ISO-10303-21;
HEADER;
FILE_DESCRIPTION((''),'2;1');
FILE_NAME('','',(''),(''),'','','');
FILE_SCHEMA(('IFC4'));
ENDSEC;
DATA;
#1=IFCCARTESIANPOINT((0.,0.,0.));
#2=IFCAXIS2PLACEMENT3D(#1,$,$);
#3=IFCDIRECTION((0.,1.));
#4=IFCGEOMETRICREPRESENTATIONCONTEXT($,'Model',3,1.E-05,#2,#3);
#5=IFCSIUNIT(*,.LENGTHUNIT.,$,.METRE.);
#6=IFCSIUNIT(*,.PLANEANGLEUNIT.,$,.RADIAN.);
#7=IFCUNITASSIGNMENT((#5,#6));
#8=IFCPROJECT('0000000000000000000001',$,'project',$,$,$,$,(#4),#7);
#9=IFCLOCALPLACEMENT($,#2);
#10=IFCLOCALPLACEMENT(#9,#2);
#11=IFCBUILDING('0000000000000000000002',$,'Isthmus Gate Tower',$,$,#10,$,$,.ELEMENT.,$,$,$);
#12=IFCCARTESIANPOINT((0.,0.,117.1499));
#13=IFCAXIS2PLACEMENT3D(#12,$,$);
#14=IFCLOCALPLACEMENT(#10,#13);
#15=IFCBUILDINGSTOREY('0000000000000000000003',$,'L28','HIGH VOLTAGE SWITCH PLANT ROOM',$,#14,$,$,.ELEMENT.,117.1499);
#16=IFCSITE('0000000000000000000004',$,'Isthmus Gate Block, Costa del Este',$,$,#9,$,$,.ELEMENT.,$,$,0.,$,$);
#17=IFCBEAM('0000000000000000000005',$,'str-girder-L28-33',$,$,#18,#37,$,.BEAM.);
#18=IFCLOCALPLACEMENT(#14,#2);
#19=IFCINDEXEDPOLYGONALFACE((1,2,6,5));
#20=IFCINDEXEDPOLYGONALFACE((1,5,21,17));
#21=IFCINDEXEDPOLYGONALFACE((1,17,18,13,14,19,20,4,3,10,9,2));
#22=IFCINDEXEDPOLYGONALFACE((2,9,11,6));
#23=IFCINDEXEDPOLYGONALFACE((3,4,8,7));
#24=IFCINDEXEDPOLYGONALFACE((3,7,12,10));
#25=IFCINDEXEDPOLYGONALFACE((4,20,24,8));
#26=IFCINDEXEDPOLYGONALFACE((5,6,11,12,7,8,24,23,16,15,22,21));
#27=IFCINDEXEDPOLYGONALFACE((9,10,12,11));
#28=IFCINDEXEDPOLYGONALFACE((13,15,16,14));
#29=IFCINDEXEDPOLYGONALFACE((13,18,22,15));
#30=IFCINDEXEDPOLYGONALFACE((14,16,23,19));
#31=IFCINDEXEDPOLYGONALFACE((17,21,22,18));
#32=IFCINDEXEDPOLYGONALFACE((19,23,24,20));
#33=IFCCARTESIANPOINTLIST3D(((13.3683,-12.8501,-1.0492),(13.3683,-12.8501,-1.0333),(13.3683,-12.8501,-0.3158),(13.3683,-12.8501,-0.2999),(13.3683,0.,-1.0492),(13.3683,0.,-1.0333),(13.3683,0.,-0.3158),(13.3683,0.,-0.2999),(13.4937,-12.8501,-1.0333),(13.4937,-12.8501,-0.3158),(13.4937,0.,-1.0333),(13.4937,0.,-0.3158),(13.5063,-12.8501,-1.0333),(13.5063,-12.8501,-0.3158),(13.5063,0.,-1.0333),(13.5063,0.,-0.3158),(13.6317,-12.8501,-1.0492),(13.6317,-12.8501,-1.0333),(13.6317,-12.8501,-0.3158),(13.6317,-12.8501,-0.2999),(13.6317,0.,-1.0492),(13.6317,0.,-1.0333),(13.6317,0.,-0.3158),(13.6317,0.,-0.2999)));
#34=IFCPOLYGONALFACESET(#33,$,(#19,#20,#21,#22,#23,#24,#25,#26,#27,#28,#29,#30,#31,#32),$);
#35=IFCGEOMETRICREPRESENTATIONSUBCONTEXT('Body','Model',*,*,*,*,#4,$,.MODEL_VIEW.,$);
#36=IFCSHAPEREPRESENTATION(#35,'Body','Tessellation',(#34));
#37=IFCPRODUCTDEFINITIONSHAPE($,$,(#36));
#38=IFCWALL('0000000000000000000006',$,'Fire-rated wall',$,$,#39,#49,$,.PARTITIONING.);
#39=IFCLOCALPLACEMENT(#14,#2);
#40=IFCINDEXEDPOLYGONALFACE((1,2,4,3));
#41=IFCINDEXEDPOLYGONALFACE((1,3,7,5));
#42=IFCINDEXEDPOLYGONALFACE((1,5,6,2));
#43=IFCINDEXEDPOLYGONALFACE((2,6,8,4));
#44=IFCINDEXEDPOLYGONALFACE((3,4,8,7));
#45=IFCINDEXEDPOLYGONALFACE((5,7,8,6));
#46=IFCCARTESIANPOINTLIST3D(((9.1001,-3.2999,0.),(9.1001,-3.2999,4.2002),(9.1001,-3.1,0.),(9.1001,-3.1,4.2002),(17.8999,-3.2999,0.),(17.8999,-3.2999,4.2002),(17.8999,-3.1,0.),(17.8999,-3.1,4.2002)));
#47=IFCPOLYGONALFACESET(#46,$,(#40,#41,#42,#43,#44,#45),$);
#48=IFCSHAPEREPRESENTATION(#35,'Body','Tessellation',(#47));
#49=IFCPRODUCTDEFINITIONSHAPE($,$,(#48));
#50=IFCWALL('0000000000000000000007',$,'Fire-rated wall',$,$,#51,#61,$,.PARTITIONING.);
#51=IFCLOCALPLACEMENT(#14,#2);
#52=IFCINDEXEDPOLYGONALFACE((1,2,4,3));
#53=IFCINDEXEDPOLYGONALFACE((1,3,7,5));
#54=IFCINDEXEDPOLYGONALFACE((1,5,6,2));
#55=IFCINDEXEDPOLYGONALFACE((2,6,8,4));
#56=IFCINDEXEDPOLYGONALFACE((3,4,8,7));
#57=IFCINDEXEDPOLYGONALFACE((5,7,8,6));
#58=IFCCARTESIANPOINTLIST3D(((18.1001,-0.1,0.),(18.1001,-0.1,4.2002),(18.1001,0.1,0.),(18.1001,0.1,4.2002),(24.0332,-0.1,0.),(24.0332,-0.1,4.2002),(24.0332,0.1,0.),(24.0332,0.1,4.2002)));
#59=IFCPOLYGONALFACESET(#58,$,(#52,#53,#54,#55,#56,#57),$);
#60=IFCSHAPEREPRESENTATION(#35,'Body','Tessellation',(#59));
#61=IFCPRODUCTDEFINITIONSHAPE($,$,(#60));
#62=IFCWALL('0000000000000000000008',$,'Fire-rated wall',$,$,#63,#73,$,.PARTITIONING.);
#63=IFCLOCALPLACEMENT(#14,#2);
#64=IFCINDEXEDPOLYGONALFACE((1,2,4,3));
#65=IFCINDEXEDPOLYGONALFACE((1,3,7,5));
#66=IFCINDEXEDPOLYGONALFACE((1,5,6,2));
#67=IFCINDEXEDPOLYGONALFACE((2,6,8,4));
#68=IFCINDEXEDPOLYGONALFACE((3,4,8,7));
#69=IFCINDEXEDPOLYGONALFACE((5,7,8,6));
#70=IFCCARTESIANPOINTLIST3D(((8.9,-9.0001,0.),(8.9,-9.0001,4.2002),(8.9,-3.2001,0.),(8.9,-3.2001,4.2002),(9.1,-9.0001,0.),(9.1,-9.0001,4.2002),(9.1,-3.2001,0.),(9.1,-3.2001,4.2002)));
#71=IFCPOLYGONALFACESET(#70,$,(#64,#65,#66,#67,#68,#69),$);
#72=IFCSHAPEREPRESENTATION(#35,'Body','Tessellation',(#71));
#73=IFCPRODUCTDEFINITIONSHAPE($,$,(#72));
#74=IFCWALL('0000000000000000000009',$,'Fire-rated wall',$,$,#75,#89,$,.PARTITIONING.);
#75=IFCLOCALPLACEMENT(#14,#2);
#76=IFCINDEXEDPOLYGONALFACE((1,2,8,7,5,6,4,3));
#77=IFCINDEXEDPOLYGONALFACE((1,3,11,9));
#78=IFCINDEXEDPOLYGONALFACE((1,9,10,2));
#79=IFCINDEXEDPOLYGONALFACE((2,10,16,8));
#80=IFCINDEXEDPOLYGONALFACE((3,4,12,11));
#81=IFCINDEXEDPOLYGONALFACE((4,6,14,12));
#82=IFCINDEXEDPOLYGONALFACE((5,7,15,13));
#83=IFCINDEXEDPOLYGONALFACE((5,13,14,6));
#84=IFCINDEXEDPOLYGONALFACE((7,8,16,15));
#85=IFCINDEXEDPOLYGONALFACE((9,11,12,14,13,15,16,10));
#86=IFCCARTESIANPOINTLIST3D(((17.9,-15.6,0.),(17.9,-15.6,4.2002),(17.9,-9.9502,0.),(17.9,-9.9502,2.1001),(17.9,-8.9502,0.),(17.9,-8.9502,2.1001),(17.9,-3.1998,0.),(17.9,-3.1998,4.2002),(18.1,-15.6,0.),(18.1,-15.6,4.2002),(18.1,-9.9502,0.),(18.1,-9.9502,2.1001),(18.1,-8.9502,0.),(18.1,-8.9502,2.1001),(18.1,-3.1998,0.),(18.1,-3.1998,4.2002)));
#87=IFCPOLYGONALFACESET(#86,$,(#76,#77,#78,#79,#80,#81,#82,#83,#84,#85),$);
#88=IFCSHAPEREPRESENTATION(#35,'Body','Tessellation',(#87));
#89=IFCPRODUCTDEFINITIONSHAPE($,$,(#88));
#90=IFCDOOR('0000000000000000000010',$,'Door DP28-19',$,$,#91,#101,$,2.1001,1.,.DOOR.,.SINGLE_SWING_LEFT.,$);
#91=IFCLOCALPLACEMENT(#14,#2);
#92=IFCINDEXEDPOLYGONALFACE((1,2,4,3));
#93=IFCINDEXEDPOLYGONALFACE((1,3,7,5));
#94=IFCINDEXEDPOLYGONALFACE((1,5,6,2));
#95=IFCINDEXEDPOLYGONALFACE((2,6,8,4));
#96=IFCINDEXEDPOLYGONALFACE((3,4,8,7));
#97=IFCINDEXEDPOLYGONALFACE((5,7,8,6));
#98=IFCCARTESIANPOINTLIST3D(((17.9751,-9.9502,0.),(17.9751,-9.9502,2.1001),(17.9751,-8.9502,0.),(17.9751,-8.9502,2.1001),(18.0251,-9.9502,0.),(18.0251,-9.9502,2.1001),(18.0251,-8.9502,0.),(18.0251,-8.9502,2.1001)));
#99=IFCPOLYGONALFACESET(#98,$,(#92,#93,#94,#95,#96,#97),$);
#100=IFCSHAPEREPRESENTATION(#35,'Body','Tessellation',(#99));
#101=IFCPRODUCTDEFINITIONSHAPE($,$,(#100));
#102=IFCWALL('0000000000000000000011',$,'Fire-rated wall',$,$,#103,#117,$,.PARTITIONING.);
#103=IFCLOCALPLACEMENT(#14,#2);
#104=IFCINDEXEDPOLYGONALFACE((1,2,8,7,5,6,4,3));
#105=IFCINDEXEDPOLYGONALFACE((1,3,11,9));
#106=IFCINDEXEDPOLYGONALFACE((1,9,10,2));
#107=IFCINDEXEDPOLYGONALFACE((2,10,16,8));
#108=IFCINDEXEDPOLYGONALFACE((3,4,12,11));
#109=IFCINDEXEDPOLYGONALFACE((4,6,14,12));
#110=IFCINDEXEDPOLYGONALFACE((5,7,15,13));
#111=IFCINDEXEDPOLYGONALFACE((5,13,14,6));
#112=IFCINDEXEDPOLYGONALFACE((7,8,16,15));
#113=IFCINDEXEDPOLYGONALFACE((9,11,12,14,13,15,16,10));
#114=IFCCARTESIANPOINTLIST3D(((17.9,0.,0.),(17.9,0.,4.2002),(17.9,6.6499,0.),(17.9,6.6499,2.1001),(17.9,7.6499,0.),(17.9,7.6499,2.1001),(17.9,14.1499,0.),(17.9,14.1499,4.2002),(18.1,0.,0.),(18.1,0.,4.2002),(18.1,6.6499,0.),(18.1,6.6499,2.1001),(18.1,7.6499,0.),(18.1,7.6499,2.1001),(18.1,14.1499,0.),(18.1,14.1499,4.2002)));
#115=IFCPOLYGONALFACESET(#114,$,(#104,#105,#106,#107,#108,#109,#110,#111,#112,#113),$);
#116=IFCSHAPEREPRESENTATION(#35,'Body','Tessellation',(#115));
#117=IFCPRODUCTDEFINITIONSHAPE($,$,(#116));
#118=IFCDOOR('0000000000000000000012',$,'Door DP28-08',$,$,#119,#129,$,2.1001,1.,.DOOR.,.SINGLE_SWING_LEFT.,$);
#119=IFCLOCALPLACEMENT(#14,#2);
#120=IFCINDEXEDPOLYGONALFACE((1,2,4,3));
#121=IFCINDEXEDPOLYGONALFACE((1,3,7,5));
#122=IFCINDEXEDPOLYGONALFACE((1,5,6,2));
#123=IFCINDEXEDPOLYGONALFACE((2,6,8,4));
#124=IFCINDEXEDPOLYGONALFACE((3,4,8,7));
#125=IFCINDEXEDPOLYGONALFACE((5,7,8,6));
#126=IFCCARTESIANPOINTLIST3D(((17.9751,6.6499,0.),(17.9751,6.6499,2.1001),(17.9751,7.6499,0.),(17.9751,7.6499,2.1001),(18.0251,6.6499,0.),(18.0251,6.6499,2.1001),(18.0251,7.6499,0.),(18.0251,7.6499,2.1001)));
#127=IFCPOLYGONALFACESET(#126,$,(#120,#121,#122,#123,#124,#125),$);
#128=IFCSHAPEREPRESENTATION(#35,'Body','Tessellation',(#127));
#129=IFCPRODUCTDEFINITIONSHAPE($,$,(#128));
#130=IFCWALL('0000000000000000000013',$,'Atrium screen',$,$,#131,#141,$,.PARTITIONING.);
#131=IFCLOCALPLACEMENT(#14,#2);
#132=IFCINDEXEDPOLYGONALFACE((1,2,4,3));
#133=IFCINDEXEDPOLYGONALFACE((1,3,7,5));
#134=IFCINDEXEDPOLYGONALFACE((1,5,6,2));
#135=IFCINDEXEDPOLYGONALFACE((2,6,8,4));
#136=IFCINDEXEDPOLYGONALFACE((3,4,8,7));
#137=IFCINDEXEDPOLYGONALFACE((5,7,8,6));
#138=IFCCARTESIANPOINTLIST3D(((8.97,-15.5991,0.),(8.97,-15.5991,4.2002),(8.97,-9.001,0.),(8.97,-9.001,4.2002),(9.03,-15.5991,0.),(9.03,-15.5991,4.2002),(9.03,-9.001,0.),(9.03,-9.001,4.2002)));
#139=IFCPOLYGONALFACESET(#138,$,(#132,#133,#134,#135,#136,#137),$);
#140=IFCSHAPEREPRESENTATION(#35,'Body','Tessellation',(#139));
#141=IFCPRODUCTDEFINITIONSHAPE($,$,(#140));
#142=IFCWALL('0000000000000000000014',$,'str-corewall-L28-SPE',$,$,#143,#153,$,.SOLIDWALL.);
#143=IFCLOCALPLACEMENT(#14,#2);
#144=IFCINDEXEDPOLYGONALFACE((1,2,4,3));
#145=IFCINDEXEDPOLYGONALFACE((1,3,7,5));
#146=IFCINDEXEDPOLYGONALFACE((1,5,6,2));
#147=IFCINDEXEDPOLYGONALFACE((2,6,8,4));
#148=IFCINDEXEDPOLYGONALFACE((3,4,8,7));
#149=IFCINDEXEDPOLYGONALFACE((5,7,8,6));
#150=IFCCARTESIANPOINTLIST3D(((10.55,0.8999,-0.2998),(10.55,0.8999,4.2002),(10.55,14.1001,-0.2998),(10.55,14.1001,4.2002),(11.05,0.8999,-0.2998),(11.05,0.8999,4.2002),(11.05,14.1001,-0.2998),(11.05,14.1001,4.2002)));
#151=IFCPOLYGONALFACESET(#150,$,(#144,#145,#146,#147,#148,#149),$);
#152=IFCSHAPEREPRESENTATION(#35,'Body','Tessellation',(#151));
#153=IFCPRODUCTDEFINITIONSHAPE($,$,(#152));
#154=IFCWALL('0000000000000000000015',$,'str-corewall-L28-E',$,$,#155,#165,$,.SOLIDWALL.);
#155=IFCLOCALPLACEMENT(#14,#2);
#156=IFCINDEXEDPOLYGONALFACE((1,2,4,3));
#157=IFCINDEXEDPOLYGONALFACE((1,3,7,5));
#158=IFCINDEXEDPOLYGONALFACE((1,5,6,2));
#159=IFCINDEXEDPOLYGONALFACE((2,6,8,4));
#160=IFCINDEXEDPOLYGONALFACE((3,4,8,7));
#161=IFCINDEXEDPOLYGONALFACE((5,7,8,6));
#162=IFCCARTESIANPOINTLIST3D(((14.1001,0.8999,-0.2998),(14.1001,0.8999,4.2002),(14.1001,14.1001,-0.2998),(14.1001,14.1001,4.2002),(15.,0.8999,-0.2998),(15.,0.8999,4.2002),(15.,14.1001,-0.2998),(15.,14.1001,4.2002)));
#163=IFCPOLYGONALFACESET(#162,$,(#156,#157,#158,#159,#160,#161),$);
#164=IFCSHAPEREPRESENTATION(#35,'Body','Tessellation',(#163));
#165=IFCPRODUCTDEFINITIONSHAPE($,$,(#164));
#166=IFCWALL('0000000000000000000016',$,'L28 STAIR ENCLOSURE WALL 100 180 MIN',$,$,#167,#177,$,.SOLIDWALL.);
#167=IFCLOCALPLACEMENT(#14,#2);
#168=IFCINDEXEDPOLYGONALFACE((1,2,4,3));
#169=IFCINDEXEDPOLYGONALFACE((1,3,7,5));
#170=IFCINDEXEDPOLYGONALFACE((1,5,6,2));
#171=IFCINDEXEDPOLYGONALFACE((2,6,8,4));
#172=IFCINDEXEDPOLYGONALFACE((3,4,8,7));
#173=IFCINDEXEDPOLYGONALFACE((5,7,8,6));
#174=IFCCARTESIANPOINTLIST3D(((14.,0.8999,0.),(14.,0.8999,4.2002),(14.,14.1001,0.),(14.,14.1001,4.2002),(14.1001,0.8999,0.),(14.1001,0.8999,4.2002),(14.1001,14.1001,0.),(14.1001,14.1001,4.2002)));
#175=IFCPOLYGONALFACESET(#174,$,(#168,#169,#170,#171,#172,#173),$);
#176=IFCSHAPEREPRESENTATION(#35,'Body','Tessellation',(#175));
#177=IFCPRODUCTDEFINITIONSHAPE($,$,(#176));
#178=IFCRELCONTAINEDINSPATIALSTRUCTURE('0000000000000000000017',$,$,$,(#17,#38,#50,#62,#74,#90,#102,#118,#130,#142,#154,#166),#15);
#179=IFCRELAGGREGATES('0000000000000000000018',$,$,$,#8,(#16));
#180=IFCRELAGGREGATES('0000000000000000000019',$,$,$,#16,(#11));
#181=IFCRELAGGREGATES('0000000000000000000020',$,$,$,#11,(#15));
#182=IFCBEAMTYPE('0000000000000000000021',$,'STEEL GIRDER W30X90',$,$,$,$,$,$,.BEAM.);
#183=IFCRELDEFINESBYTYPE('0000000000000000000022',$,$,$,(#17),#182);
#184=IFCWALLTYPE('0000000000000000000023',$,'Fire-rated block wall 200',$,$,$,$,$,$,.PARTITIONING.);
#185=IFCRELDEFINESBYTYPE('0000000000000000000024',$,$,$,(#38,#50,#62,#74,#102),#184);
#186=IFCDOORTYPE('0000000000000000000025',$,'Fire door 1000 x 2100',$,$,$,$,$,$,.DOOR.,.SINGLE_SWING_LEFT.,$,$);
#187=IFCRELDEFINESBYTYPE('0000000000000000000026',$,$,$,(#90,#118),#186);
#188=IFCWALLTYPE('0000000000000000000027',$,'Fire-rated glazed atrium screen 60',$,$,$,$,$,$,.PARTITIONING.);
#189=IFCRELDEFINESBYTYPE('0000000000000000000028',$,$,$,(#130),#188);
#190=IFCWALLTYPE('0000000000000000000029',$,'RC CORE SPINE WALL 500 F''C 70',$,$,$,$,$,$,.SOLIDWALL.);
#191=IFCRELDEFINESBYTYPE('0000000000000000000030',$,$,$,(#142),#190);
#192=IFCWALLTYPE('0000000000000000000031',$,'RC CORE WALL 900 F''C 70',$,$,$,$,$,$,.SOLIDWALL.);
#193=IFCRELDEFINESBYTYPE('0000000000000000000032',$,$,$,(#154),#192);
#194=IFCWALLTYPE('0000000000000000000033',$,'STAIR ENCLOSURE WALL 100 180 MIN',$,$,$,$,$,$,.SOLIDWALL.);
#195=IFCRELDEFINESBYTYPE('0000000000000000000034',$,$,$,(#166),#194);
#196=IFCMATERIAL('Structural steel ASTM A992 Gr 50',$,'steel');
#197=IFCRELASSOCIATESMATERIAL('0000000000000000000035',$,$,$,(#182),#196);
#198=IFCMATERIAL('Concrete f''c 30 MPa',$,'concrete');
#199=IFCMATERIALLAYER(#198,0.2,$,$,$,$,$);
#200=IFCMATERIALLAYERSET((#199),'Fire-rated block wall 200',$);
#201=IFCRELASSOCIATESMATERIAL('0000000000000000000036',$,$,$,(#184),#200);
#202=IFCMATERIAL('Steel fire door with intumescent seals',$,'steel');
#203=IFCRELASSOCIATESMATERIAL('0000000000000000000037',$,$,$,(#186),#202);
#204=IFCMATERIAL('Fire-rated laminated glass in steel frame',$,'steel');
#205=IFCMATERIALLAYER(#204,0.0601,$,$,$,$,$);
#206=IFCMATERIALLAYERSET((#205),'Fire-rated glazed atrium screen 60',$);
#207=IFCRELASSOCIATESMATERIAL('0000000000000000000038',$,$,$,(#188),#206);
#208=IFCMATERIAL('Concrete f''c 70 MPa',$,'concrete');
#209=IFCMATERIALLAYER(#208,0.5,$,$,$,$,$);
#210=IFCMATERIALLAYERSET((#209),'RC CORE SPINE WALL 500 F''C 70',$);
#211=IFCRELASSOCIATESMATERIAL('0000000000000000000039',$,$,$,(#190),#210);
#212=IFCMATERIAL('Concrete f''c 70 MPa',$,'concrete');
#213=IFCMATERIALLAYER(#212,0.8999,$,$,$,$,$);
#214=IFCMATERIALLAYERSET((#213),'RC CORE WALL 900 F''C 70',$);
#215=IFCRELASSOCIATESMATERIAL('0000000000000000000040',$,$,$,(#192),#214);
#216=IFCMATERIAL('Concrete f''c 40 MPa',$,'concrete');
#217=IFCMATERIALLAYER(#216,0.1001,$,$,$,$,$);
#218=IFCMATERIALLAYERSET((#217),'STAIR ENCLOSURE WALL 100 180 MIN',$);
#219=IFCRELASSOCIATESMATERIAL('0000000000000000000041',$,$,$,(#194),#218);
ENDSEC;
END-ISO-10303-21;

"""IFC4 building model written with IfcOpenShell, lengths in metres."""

from ifc_helpers import new_model, si_unit, direction, frame, frame_2d, origin, origin_2d, place, context, subcontext, project, spatial, rectangle, i_section, extrude, material, layer, layer_set, material_profile, profile_set, type_object, element, fill, save


model = new_model("IFC4")

# Units and contexts
model_context = context("Model", 3, precision=1e-05, world=origin(), true_north=direction((0.0, 1.0)))
body_context = subcontext(model_context, "Body", "Model", "MODEL_VIEW")
ifc_project = project(units=[si_unit("LENGTHUNIT", "METRE"), si_unit("PLANEANGLEUNIT", "RADIAN")], contexts=[model_context])

# Site, building, storey
site_placement = place(None, origin())
site = spatial("IfcSite", under=ifc_project, at=site_placement, Name="Isthmus Gate Block, Costa del Este", CompositionType="ELEMENT", RefElevation=0.0)
building_placement = place(site_placement, origin())
building = spatial("IfcBuilding", under=site, at=building_placement, Name="Isthmus Gate Tower", CompositionType="ELEMENT")
storey_placement = place(building_placement, frame((0.0, 0.0, 117.1499)))
storey = spatial("IfcBuildingStorey", under=building, at=storey_placement, Name="L28", Description="HIGH VOLTAGE SWITCH PLANT ROOM", CompositionType="ELEMENT", Elevation=117.1499)

# Beam
ifc_material_1 = material(Name="Structural steel ASTM A992 Gr 50", Category="steel")
ifc_material_profile_1 = material_profile(ifc_material_1, i_section(OverallWidth=0.2634, OverallDepth=0.7493, WebThickness=0.0127, FlangeThickness=0.0159, at=origin_2d()), Name="W30X90")
ifc_profile_set_1 = profile_set([ifc_material_profile_1], Name="Structural steel ASTM A992 Gr 50")
beam_type_1 = type_object("IfcBeamType", Name="STEEL GIRDER W30X90", PredefinedType="BEAM", material=ifc_profile_set_1)
beam_1_placement = place(storey_placement, frame((13.5, -12.8501, -0.6746), z_axis=(0.0, 1.0, 0.0), x_axis=(-1.0, 0.0, 0.0)))
element("IfcBeam", 1, at=beam_1_placement, inside=storey, type_object=beam_type_1, Name="str-girder-L28-33", PredefinedType="BEAM", context=body_context, shape_type="SweptSolid", body=[
    extrude(i_section(OverallWidth=0.2634, OverallDepth=0.7493, WebThickness=0.0127, FlangeThickness=0.0159, at=origin_2d()), origin(), (0.0, 0.0, 1.0), 12.8501),
])

# Walls
ifc_material_2 = material(Name="Concrete f'c 30 MPa", Category="concrete")
ifc_layer_1 = layer(ifc_material_2, 0.2)
ifc_layer_set_1 = layer_set([ifc_layer_1], Name="Fire-rated block wall 200")
wall_type_1 = type_object("IfcWallType", Name="Fire-rated block wall 200", PredefinedType="PARTITIONING", material=ifc_layer_set_1)
wall_1_placement = place(storey_placement, frame((9.1001, -3.2, 0.0), z_axis=(0.0, 0.0, 1.0), x_axis=(1.0, 0.0, 0.0)))
element("IfcWall", 2, at=wall_1_placement, inside=storey, type_object=wall_type_1, Name="Fire-rated wall", PredefinedType="PARTITIONING", context=body_context, shape_type="SweptSolid", body=[
    extrude(rectangle(XDim=8.7998, YDim=0.2, at=frame_2d((4.3999, 0.0))), origin(), (0.0, 0.0, 1.0), 4.2002),
])
wall_2_placement = place(storey_placement, frame((18.1001, 0.0, 0.0), z_axis=(0.0, 0.0, 1.0), x_axis=(1.0, 0.0, 0.0)))
element("IfcWall", 3, at=wall_2_placement, inside=storey, type_object=wall_type_1, Name="Fire-rated wall", PredefinedType="PARTITIONING", context=body_context, shape_type="SweptSolid", body=[
    extrude(rectangle(XDim=5.9331, YDim=0.2, at=frame_2d((2.9666, 0.0))), origin(), (0.0, 0.0, 1.0), 4.2002),
])
wall_3_placement = place(storey_placement, frame((9.0, -9.0, 0.0), z_axis=(0.0, 0.0, 1.0), x_axis=(0.0, 1.0, 0.0)))
element("IfcWall", 4, at=wall_3_placement, inside=storey, type_object=wall_type_1, Name="Fire-rated wall", PredefinedType="PARTITIONING", context=body_context, shape_type="SweptSolid", body=[
    extrude(rectangle(XDim=5.8, YDim=0.2, at=frame_2d((2.8999, 0.0))), origin(), (0.0, 0.0, 1.0), 4.2002),
])

# Walls, openings, doors
wall_4_placement = place(storey_placement, frame((18.0, -15.6001, 0.0), z_axis=(0.0, 0.0, 1.0), x_axis=(0.0, 1.0, 0.0)))
wall_4 = element("IfcWall", 5, at=wall_4_placement, inside=storey, type_object=wall_type_1, Name="Fire-rated wall", PredefinedType="PARTITIONING", context=body_context, shape_type="SweptSolid", body=[
    extrude(rectangle(XDim=12.4001, YDim=0.2, at=frame_2d((6.2002, 0.0))), origin(), (0.0, 0.0, 1.0), 4.2002),
])
opening_1_placement = place(wall_4_placement, frame((5.6499, 0.0, 0.0)))
opening_1 = element("IfcOpeningElement", 6, at=opening_1_placement, cuts=wall_4, PredefinedType="OPENING", context=body_context, shape_type="SweptSolid", body=[
    extrude(rectangle(XDim=1.0, YDim=2.1001, at=frame_2d((0.5, 1.05))), frame((0.0, 0.1099, 0.0), z_axis=(0.0, -1.0, 0.0), x_axis=(1.0, 0.0, 0.0)), (0.0, 0.0, 1.0), 0.22),
])
ifc_material_3 = material(Name="Steel fire door with intumescent seals", Category="steel")
door_type = type_object("IfcDoorType", Name="Fire door 1000 x 2100", OperationType="SINGLE_SWING_LEFT", PredefinedType="DOOR", material=ifc_material_3)
door_1_placement = place(opening_1_placement, origin())
door_1 = element("IfcDoor", 7, at=door_1_placement, inside=storey, type_object=door_type, Name="Door DP28-19", OperationType="SINGLE_SWING_LEFT", OverallHeight=2.1001, OverallWidth=1.0, PredefinedType="DOOR", context=body_context, shape_type="SweptSolid", body=[
    extrude(rectangle(XDim=1.0, YDim=2.1001, at=frame_2d((0.5, 1.05))), frame((0.0, 0.0249, 0.0), z_axis=(0.0, -1.0, 0.0), x_axis=(1.0, 0.0, 0.0)), (0.0, 0.0, 1.0), 0.05),
])
fill(opening_1, door_1)
wall_5_placement = place(storey_placement, frame((18.0, 0.0, 0.0), z_axis=(0.0, 0.0, 1.0), x_axis=(0.0, 1.0, 0.0)))
wall_5 = element("IfcWall", 8, at=wall_5_placement, inside=storey, type_object=wall_type_1, Name="Fire-rated wall", PredefinedType="PARTITIONING", context=body_context, shape_type="SweptSolid", body=[
    extrude(rectangle(XDim=14.1499, YDim=0.2, at=frame_2d((7.075, 0.0))), origin(), (0.0, 0.0, 1.0), 4.2002),
])
opening_2_placement = place(wall_5_placement, frame((6.6499, 0.0, 0.0)))
opening_2 = element("IfcOpeningElement", 9, at=opening_2_placement, cuts=wall_5, PredefinedType="OPENING", context=body_context, shape_type="SweptSolid", body=[
    extrude(rectangle(XDim=1.0, YDim=2.1001, at=frame_2d((0.5, 1.05))), frame((0.0, 0.1099, 0.0), z_axis=(0.0, -1.0, 0.0), x_axis=(1.0, 0.0, 0.0)), (0.0, 0.0, 1.0), 0.22),
])
door_2_placement = place(opening_2_placement, origin())
door_2 = element("IfcDoor", 10, at=door_2_placement, inside=storey, type_object=door_type, Name="Door DP28-08", OperationType="SINGLE_SWING_LEFT", OverallHeight=2.1001, OverallWidth=1.0, PredefinedType="DOOR", context=body_context, shape_type="SweptSolid", body=[
    extrude(rectangle(XDim=1.0, YDim=2.1001, at=frame_2d((0.5, 1.05))), frame((0.0, 0.0249, 0.0), z_axis=(0.0, -1.0, 0.0), x_axis=(1.0, 0.0, 0.0)), (0.0, 0.0, 1.0), 0.05),
])
fill(opening_2, door_2)

# Walls
ifc_material_4 = material(Name="Fire-rated laminated glass in steel frame", Category="steel")
ifc_layer_2 = layer(ifc_material_4, 0.0601)
ifc_layer_set_2 = layer_set([ifc_layer_2], Name="Fire-rated glazed atrium screen 60")
wall_type_2 = type_object("IfcWallType", Name="Fire-rated glazed atrium screen 60", PredefinedType="PARTITIONING", material=ifc_layer_set_2)
wall_6_placement = place(storey_placement, frame((9.0, -15.5991, 0.0), z_axis=(0.0, 0.0, 1.0), x_axis=(0.0, 1.0, 0.0)))
element("IfcWall", 11, at=wall_6_placement, inside=storey, type_object=wall_type_2, Name="Atrium screen", PredefinedType="PARTITIONING", context=body_context, shape_type="SweptSolid", body=[
    extrude(rectangle(XDim=6.5981, YDim=0.0601, at=frame_2d((3.2991, 0.0))), origin(), (0.0, 0.0, 1.0), 4.2002),
])
ifc_material_5 = material(Name="Concrete f'c 70 MPa", Category="concrete")
ifc_layer_3 = layer(ifc_material_5, 0.5)
ifc_layer_set_3 = layer_set([ifc_layer_3], Name="RC CORE SPINE WALL 500 F'C 70")
wall_type_3 = type_object("IfcWallType", Name="RC CORE SPINE WALL 500 F'C 70", PredefinedType="SOLIDWALL", material=ifc_layer_set_3)
wall_7_placement = place(storey_placement, frame((10.8, 0.8999, -0.2998), z_axis=(0.0, 0.0, 1.0), x_axis=(0.0, 1.0, 0.0)))
element("IfcWall", 12, at=wall_7_placement, inside=storey, type_object=wall_type_3, Name="str-corewall-L28-SPE", PredefinedType="SOLIDWALL", context=body_context, shape_type="SweptSolid", body=[
    extrude(rectangle(XDim=13.2002, YDim=0.5, at=frame_2d((6.6001, 0.0))), origin(), (0.0, 0.0, 1.0), 4.5),
])
ifc_material_6 = material(Name="Concrete f'c 70 MPa", Category="concrete")
ifc_layer_4 = layer(ifc_material_6, 0.8999)
ifc_layer_set_4 = layer_set([ifc_layer_4], Name="RC CORE WALL 900 F'C 70")
wall_type_4 = type_object("IfcWallType", Name="RC CORE WALL 900 F'C 70", PredefinedType="SOLIDWALL", material=ifc_layer_set_4)
wall_8_placement = place(storey_placement, frame((14.55, 0.8999, -0.2998), z_axis=(0.0, 0.0, 1.0), x_axis=(0.0, 1.0, 0.0)))
element("IfcWall", 13, at=wall_8_placement, inside=storey, type_object=wall_type_4, Name="str-corewall-L28-E", PredefinedType="SOLIDWALL", context=body_context, shape_type="SweptSolid", body=[
    extrude(rectangle(XDim=13.2002, YDim=0.8999, at=frame_2d((6.6001, 0.0))), origin(), (0.0, 0.0, 1.0), 4.5),
])
ifc_material_7 = material(Name="Concrete f'c 40 MPa", Category="concrete")
ifc_layer_5 = layer(ifc_material_7, 0.1001)
ifc_layer_set_5 = layer_set([ifc_layer_5], Name="STAIR ENCLOSURE WALL 100 180 MIN")
wall_type_5 = type_object("IfcWallType", Name="STAIR ENCLOSURE WALL 100 180 MIN", PredefinedType="SOLIDWALL", material=ifc_layer_set_5)
wall_9_placement = place(storey_placement, frame((14.05, 0.8999, 0.0), z_axis=(0.0, 0.0, 1.0), x_axis=(0.0, 1.0, 0.0)))
element("IfcWall", 14, at=wall_9_placement, inside=storey, type_object=wall_type_5, Name="L28 STAIR ENCLOSURE WALL 100 180 MIN", PredefinedType="SOLIDWALL", context=body_context, shape_type="SweptSolid", body=[
    extrude(rectangle(XDim=13.2002, YDim=0.1001, at=frame_2d((6.6001, 0.0))), origin(), (0.0, 0.0, 1.0), 4.2002),
])

save(model, "model.ifc")
